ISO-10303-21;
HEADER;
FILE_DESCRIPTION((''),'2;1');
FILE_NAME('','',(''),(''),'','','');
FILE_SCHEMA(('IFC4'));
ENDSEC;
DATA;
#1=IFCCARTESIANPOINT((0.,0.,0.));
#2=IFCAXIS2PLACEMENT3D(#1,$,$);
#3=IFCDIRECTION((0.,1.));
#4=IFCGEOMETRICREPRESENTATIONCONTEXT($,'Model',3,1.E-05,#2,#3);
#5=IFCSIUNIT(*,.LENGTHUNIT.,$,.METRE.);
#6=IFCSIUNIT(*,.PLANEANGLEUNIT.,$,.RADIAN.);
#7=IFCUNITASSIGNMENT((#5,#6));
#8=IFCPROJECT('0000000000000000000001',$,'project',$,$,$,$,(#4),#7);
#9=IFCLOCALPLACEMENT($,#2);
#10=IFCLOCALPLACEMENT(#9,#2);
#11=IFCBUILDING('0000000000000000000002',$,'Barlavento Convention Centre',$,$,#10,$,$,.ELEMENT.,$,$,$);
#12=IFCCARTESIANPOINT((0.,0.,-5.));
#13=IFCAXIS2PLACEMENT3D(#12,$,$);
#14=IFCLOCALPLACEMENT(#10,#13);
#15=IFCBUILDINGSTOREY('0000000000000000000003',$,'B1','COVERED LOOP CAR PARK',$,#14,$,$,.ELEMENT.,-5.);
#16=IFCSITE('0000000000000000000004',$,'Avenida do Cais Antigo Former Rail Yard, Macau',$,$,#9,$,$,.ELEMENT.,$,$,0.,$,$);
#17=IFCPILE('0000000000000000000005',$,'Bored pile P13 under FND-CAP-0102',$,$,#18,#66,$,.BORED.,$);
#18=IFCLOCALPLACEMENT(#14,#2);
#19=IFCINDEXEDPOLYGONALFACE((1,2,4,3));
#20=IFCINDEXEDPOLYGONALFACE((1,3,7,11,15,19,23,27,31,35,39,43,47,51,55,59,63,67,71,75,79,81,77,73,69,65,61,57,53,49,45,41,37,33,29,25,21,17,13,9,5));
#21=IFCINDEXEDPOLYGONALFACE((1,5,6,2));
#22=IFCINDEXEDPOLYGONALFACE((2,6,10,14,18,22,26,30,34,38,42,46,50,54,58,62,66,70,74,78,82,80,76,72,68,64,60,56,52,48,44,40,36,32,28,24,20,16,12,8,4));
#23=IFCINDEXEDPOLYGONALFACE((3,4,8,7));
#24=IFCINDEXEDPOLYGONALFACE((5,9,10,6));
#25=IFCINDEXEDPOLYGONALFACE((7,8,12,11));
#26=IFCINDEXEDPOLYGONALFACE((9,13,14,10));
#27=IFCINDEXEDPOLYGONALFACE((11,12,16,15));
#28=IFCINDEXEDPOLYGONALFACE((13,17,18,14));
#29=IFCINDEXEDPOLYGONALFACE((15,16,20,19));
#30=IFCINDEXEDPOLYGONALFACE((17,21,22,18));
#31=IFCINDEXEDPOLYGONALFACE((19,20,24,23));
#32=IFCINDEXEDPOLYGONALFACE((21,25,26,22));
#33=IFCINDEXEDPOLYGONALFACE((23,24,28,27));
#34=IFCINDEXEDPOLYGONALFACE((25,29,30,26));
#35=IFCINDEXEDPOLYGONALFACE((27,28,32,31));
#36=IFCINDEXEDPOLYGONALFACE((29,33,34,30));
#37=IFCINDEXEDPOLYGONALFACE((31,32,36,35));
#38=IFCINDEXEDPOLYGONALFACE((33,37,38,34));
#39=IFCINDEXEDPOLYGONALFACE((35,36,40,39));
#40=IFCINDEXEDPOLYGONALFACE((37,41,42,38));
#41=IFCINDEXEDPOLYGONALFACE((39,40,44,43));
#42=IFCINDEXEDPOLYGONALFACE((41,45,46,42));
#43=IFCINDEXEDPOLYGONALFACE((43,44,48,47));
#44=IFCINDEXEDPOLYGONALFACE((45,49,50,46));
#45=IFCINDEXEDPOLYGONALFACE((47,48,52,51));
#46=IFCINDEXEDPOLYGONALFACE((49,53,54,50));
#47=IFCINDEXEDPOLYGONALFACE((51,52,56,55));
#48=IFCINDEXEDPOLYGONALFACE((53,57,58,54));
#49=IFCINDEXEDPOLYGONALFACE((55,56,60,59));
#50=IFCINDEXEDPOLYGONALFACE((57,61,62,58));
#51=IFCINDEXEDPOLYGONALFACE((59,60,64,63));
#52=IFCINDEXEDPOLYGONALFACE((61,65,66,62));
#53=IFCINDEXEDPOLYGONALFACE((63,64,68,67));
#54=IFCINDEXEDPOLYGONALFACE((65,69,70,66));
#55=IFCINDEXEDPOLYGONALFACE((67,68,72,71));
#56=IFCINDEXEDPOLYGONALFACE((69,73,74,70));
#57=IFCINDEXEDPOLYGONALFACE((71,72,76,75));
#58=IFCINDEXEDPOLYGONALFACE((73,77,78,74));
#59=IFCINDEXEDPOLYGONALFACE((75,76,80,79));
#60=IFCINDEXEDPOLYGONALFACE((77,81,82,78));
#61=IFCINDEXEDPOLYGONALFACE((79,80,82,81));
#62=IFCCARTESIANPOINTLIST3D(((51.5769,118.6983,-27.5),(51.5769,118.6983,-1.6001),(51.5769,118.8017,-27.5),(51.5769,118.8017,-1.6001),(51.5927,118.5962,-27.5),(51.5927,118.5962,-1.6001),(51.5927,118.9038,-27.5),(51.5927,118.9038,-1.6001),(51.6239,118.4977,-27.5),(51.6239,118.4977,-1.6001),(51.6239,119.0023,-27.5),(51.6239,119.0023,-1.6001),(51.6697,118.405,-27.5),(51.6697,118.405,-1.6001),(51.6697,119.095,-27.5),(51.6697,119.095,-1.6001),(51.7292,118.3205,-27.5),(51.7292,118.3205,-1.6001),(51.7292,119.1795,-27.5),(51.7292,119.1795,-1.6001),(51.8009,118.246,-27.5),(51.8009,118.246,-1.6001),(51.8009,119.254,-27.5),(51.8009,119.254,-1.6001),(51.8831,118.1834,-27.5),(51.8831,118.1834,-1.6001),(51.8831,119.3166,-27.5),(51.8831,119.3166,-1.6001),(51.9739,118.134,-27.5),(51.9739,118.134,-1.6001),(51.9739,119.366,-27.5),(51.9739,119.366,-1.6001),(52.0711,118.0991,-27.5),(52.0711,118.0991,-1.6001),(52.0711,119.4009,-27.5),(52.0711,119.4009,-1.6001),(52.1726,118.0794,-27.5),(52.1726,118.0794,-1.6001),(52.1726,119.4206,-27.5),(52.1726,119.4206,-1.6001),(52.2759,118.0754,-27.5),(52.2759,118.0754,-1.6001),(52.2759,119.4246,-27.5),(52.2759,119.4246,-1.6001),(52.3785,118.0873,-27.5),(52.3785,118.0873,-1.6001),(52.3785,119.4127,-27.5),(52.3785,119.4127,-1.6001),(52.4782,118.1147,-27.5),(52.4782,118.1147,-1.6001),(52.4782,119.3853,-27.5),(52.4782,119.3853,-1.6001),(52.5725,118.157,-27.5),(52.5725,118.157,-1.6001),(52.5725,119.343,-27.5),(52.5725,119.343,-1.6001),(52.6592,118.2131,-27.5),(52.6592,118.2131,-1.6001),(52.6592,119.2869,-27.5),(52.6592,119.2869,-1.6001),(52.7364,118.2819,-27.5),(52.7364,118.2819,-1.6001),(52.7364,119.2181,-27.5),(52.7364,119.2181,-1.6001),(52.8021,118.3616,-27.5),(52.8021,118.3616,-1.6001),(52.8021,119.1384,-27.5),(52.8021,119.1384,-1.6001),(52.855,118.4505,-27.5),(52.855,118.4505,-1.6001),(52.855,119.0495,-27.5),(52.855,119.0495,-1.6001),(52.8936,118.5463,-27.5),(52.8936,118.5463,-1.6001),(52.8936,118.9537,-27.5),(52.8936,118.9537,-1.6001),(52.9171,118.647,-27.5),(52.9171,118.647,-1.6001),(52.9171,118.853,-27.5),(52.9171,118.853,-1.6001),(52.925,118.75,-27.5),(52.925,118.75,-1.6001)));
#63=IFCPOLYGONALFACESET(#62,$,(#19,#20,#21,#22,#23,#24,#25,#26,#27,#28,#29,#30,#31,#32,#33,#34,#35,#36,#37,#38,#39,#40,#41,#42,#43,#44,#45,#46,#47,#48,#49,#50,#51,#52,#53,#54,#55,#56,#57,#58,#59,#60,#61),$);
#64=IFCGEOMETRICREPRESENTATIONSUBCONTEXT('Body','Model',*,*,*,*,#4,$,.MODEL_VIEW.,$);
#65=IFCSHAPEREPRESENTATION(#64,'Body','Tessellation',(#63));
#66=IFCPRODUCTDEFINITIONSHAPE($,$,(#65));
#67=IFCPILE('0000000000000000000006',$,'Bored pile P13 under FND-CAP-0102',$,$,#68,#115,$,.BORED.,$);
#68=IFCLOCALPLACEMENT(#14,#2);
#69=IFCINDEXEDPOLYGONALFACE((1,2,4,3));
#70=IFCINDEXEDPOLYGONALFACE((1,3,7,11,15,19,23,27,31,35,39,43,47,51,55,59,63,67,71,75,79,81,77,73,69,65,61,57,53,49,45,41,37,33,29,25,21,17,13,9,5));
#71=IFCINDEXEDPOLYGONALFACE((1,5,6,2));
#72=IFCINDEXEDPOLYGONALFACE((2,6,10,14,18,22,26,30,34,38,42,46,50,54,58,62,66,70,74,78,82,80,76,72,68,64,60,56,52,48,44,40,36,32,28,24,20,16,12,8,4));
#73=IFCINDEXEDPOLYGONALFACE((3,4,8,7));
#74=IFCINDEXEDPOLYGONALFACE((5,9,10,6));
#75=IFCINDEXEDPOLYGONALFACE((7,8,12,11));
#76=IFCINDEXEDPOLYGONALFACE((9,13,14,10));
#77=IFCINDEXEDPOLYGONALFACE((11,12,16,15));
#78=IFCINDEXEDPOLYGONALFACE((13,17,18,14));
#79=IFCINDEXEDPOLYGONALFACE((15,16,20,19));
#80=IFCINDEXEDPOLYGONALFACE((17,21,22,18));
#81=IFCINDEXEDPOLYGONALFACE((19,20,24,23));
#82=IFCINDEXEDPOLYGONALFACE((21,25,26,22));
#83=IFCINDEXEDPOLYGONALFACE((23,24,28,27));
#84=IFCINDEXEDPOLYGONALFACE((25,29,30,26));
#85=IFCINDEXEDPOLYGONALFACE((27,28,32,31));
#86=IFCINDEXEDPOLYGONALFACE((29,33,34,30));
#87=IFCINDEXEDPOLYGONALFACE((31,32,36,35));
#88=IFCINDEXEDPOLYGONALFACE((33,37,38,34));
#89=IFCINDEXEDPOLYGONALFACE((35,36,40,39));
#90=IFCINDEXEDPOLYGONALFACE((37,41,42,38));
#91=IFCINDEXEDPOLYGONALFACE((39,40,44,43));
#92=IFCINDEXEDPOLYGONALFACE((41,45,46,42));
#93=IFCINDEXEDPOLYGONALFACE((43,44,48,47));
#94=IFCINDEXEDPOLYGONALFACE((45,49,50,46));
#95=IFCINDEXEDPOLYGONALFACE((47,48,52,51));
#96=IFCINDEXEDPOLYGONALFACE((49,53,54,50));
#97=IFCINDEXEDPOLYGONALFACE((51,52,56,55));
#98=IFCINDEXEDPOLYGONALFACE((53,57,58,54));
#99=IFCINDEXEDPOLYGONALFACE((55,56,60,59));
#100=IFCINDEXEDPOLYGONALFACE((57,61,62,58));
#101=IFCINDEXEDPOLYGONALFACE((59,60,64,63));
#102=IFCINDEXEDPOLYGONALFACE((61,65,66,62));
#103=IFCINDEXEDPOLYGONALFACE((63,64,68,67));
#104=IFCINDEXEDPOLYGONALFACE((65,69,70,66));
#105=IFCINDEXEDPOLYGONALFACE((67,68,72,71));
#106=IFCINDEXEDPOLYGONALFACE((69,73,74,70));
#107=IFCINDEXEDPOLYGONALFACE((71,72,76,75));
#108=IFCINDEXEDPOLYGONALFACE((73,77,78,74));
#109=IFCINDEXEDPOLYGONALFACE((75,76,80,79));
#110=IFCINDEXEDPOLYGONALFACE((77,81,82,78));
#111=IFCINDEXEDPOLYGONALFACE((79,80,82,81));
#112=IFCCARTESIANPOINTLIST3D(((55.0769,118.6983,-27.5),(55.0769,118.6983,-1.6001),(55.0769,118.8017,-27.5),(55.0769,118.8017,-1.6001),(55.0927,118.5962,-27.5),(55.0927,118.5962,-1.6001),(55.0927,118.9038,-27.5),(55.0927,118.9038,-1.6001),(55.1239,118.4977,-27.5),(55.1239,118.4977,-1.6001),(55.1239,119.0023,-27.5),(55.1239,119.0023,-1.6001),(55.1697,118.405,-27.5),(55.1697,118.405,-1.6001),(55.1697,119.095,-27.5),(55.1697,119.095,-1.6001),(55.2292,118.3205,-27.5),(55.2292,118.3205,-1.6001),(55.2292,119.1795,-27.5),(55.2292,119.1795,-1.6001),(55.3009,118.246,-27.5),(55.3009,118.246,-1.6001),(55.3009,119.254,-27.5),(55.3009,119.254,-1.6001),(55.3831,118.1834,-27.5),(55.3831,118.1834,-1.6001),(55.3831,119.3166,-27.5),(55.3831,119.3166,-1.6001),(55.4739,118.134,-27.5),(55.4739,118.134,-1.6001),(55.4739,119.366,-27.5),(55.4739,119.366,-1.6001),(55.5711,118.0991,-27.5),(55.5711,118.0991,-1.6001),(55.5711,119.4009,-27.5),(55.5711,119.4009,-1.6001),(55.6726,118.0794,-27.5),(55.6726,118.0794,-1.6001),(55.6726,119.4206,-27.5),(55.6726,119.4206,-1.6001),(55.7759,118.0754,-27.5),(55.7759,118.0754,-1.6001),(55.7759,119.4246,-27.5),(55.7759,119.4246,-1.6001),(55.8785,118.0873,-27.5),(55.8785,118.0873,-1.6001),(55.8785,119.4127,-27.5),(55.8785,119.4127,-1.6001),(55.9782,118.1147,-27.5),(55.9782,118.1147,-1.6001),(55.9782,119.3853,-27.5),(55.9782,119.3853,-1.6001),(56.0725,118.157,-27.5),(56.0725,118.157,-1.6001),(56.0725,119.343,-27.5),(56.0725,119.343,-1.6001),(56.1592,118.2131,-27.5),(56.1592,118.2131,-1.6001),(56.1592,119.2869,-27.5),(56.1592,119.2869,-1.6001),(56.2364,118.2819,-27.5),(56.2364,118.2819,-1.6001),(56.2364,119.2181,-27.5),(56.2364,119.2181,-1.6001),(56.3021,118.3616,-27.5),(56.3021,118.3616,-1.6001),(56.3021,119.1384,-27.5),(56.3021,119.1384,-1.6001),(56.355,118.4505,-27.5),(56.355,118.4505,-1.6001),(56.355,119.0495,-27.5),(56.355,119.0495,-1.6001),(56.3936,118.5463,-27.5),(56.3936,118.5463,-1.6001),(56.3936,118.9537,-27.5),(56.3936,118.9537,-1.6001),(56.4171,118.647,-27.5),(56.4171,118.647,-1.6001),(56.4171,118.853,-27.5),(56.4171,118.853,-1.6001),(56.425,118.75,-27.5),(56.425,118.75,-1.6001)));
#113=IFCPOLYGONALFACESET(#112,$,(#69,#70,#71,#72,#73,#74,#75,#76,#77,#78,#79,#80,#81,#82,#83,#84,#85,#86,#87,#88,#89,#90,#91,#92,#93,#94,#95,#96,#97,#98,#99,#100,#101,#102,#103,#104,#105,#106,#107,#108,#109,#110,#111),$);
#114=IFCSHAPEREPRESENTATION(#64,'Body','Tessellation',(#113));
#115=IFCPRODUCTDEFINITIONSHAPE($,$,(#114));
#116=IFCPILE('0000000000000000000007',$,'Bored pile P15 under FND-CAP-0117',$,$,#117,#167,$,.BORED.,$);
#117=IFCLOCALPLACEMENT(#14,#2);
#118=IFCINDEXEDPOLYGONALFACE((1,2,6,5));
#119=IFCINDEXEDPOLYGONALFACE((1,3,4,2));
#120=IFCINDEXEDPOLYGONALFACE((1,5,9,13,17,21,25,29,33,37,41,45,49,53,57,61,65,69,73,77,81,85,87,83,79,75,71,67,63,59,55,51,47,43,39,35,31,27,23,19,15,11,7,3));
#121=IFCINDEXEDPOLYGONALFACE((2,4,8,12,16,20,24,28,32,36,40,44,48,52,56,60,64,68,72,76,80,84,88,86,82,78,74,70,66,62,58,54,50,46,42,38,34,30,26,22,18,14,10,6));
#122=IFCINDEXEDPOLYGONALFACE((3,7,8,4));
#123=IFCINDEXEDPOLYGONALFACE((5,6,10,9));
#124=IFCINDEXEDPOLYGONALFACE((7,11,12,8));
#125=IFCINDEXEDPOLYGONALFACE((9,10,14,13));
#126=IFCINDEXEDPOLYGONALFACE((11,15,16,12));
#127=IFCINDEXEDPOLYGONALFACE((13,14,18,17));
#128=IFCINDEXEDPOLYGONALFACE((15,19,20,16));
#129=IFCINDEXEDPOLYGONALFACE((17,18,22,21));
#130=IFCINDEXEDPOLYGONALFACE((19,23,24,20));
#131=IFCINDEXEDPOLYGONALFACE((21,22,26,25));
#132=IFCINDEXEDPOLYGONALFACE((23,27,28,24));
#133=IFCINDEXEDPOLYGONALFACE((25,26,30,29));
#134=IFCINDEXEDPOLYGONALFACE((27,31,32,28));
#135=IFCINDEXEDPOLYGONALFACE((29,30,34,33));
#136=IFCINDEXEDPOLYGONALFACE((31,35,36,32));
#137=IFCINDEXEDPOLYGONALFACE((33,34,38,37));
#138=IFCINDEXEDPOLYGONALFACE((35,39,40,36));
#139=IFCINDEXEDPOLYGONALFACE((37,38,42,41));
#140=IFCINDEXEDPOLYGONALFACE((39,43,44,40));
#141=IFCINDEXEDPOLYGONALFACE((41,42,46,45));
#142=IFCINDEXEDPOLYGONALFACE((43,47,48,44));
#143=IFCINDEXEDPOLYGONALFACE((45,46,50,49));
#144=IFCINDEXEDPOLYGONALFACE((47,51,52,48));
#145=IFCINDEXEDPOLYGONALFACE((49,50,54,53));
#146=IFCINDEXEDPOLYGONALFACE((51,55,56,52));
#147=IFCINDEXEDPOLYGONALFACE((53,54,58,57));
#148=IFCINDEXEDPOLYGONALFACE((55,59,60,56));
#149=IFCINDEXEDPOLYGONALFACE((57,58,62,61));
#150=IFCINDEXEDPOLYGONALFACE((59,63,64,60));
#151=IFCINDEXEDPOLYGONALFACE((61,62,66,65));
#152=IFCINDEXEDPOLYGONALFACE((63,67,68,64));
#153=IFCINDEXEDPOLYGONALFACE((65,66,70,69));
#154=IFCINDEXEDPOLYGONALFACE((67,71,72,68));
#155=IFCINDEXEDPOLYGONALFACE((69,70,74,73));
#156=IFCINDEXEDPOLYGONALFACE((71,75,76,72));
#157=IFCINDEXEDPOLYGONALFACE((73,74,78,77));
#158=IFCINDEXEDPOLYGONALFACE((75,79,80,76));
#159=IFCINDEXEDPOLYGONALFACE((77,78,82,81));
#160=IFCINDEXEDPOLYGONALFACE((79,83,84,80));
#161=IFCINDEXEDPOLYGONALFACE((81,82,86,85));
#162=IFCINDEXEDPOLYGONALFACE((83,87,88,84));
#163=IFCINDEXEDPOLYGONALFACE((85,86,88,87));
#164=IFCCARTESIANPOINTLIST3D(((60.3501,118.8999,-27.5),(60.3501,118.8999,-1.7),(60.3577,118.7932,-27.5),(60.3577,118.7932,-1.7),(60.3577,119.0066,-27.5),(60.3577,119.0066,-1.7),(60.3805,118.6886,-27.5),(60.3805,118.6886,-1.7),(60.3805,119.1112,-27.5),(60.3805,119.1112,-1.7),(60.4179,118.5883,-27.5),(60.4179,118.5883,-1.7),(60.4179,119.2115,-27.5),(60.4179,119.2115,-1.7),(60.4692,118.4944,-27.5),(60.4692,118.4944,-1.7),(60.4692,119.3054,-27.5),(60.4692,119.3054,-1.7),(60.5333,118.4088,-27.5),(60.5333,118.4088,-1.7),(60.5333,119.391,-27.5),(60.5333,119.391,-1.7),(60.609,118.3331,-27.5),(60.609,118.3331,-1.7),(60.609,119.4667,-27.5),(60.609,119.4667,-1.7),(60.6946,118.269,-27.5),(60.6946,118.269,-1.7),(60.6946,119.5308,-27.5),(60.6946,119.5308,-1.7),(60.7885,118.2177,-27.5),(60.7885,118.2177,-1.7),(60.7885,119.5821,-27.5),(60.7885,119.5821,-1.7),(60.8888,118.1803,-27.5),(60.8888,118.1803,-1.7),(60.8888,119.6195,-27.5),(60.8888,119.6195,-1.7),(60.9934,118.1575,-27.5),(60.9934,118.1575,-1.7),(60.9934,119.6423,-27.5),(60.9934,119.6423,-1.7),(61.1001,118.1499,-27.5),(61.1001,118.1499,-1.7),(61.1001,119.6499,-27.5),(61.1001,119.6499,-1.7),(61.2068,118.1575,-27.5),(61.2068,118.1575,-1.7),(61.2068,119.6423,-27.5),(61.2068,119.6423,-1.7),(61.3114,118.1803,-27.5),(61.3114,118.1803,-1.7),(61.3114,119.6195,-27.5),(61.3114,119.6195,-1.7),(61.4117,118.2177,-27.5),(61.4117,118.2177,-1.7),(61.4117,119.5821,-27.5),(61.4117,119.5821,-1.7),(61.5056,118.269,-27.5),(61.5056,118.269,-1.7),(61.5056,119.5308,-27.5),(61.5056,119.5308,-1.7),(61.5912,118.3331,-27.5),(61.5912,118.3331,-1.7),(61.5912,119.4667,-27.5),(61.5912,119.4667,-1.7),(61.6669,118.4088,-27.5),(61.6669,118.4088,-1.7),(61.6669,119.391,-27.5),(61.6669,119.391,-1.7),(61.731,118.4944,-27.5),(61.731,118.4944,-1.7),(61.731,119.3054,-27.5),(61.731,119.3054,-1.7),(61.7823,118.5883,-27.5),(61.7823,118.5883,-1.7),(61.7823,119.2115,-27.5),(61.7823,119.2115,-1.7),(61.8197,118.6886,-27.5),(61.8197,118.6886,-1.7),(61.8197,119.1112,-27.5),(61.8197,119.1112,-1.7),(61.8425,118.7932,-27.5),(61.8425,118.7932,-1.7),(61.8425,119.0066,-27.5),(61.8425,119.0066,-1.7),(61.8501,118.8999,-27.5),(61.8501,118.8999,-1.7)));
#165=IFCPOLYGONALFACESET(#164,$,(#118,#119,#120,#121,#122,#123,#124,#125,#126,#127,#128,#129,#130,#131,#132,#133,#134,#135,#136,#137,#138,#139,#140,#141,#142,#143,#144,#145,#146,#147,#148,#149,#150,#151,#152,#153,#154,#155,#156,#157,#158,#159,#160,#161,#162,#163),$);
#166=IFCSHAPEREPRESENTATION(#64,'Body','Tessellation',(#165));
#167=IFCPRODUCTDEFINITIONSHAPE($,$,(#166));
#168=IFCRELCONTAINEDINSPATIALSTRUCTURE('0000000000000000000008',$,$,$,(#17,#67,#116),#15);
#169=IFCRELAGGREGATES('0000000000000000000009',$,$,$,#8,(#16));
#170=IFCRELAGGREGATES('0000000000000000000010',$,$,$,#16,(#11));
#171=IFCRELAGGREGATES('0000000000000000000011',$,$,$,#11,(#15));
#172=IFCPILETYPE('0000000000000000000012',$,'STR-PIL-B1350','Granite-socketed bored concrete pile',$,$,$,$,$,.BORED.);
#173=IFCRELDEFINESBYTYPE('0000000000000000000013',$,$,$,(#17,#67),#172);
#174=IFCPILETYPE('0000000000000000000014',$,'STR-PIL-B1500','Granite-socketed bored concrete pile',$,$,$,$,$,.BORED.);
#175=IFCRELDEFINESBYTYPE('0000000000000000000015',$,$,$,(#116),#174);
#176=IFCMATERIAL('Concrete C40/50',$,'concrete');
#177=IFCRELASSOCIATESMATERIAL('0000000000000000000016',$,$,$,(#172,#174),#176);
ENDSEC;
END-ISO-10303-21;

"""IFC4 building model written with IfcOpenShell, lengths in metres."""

from ifc_helpers import new_model, si_unit, direction, frame, origin, origin_2d, place, context, subcontext, project, spatial, circle, extrude, material, material_profile, profile_set, type_object, element, save


model = new_model("IFC4")

# Units and contexts
model_context = context("Model", 3, precision=1e-05, world=origin(), true_north=direction((0.0, 1.0)))
body_context = subcontext(model_context, "Body", "Model", "MODEL_VIEW")
ifc_project = project(units=[si_unit("LENGTHUNIT", "METRE"), si_unit("PLANEANGLEUNIT", "RADIAN")], contexts=[model_context])

# Site, building, storey
site_placement = place(None, origin())
site = spatial("IfcSite", under=ifc_project, at=site_placement, Name="Avenida do Cais Antigo Former Rail Yard, Macau", CompositionType="ELEMENT", RefElevation=0.0)
building_placement = place(site_placement, origin())
building = spatial("IfcBuilding", under=site, at=building_placement, Name="Barlavento Convention Centre", CompositionType="ELEMENT")
storey_placement = place(building_placement, frame((0.0, 0.0, -5.0)))
storey = spatial("IfcBuildingStorey", under=building, at=storey_placement, Name="B1", Description="COVERED LOOP CAR PARK", CompositionType="ELEMENT", Elevation=-5.0)

# Shared definitions
ifc_material_1 = material(Name="Concrete C40/50", Category="concrete")

# Piles
ifc_material_profile_1 = material_profile(ifc_material_1, circle(Radius=0.675, at=origin_2d()), Name="BORED PILE 1350")
ifc_profile_set_1 = profile_set([ifc_material_profile_1], Name="Concrete C40/50")
pile_type_1 = type_object("IfcPileType", Name="STR-PIL-B1350", Description="Granite-socketed bored concrete pile", PredefinedType="BORED", material=ifc_profile_set_1)
for number, where, z_axis, x_axis, name in (
    (1, (52.25, 118.75, -1.6001), (0.0, 0.0, -1.0), (1.0, 0.0, 0.0), "Bored pile P13 under FND-CAP-0102"),
    (2, (55.75, 118.75, -1.6001), (0.0, 0.0, -1.0), (1.0, 0.0, 0.0), "Bored pile P13 under FND-CAP-0102"),
):
    element("IfcPile", number, at=place(storey_placement, frame(where, z_axis=z_axis, x_axis=x_axis)), inside=storey, type_object=pile_type_1, Name=name, PredefinedType="BORED", context=body_context, shape_type="SweptSolid", body=[
        extrude(circle(Radius=0.675, at=origin_2d()), origin(), (0.0, 0.0, 1.0), 25.8999),
    ])
ifc_material_profile_2 = material_profile(ifc_material_1, circle(Radius=0.75, at=origin_2d()), Name="BORED PILE 1500")
ifc_profile_set_2 = profile_set([ifc_material_profile_2], Name="Concrete C40/50")
pile_type_2 = type_object("IfcPileType", Name="STR-PIL-B1500", Description="Granite-socketed bored concrete pile", PredefinedType="BORED", material=ifc_profile_set_2)
for number, where, z_axis, x_axis, name in (
    (3, (61.1001, 118.8999, -1.7), (0.0, 0.0, -1.0), (1.0, 0.0, 0.0), "Bored pile P15 under FND-CAP-0117"),
):
    element("IfcPile", number, at=place(storey_placement, frame(where, z_axis=z_axis, x_axis=x_axis)), inside=storey, type_object=pile_type_2, Name=name, PredefinedType="BORED", context=body_context, shape_type="SweptSolid", body=[
        extrude(circle(Radius=0.75, at=origin_2d()), origin(), (0.0, 0.0, 1.0), 25.8),
    ])

save(model, "model.ifc")
